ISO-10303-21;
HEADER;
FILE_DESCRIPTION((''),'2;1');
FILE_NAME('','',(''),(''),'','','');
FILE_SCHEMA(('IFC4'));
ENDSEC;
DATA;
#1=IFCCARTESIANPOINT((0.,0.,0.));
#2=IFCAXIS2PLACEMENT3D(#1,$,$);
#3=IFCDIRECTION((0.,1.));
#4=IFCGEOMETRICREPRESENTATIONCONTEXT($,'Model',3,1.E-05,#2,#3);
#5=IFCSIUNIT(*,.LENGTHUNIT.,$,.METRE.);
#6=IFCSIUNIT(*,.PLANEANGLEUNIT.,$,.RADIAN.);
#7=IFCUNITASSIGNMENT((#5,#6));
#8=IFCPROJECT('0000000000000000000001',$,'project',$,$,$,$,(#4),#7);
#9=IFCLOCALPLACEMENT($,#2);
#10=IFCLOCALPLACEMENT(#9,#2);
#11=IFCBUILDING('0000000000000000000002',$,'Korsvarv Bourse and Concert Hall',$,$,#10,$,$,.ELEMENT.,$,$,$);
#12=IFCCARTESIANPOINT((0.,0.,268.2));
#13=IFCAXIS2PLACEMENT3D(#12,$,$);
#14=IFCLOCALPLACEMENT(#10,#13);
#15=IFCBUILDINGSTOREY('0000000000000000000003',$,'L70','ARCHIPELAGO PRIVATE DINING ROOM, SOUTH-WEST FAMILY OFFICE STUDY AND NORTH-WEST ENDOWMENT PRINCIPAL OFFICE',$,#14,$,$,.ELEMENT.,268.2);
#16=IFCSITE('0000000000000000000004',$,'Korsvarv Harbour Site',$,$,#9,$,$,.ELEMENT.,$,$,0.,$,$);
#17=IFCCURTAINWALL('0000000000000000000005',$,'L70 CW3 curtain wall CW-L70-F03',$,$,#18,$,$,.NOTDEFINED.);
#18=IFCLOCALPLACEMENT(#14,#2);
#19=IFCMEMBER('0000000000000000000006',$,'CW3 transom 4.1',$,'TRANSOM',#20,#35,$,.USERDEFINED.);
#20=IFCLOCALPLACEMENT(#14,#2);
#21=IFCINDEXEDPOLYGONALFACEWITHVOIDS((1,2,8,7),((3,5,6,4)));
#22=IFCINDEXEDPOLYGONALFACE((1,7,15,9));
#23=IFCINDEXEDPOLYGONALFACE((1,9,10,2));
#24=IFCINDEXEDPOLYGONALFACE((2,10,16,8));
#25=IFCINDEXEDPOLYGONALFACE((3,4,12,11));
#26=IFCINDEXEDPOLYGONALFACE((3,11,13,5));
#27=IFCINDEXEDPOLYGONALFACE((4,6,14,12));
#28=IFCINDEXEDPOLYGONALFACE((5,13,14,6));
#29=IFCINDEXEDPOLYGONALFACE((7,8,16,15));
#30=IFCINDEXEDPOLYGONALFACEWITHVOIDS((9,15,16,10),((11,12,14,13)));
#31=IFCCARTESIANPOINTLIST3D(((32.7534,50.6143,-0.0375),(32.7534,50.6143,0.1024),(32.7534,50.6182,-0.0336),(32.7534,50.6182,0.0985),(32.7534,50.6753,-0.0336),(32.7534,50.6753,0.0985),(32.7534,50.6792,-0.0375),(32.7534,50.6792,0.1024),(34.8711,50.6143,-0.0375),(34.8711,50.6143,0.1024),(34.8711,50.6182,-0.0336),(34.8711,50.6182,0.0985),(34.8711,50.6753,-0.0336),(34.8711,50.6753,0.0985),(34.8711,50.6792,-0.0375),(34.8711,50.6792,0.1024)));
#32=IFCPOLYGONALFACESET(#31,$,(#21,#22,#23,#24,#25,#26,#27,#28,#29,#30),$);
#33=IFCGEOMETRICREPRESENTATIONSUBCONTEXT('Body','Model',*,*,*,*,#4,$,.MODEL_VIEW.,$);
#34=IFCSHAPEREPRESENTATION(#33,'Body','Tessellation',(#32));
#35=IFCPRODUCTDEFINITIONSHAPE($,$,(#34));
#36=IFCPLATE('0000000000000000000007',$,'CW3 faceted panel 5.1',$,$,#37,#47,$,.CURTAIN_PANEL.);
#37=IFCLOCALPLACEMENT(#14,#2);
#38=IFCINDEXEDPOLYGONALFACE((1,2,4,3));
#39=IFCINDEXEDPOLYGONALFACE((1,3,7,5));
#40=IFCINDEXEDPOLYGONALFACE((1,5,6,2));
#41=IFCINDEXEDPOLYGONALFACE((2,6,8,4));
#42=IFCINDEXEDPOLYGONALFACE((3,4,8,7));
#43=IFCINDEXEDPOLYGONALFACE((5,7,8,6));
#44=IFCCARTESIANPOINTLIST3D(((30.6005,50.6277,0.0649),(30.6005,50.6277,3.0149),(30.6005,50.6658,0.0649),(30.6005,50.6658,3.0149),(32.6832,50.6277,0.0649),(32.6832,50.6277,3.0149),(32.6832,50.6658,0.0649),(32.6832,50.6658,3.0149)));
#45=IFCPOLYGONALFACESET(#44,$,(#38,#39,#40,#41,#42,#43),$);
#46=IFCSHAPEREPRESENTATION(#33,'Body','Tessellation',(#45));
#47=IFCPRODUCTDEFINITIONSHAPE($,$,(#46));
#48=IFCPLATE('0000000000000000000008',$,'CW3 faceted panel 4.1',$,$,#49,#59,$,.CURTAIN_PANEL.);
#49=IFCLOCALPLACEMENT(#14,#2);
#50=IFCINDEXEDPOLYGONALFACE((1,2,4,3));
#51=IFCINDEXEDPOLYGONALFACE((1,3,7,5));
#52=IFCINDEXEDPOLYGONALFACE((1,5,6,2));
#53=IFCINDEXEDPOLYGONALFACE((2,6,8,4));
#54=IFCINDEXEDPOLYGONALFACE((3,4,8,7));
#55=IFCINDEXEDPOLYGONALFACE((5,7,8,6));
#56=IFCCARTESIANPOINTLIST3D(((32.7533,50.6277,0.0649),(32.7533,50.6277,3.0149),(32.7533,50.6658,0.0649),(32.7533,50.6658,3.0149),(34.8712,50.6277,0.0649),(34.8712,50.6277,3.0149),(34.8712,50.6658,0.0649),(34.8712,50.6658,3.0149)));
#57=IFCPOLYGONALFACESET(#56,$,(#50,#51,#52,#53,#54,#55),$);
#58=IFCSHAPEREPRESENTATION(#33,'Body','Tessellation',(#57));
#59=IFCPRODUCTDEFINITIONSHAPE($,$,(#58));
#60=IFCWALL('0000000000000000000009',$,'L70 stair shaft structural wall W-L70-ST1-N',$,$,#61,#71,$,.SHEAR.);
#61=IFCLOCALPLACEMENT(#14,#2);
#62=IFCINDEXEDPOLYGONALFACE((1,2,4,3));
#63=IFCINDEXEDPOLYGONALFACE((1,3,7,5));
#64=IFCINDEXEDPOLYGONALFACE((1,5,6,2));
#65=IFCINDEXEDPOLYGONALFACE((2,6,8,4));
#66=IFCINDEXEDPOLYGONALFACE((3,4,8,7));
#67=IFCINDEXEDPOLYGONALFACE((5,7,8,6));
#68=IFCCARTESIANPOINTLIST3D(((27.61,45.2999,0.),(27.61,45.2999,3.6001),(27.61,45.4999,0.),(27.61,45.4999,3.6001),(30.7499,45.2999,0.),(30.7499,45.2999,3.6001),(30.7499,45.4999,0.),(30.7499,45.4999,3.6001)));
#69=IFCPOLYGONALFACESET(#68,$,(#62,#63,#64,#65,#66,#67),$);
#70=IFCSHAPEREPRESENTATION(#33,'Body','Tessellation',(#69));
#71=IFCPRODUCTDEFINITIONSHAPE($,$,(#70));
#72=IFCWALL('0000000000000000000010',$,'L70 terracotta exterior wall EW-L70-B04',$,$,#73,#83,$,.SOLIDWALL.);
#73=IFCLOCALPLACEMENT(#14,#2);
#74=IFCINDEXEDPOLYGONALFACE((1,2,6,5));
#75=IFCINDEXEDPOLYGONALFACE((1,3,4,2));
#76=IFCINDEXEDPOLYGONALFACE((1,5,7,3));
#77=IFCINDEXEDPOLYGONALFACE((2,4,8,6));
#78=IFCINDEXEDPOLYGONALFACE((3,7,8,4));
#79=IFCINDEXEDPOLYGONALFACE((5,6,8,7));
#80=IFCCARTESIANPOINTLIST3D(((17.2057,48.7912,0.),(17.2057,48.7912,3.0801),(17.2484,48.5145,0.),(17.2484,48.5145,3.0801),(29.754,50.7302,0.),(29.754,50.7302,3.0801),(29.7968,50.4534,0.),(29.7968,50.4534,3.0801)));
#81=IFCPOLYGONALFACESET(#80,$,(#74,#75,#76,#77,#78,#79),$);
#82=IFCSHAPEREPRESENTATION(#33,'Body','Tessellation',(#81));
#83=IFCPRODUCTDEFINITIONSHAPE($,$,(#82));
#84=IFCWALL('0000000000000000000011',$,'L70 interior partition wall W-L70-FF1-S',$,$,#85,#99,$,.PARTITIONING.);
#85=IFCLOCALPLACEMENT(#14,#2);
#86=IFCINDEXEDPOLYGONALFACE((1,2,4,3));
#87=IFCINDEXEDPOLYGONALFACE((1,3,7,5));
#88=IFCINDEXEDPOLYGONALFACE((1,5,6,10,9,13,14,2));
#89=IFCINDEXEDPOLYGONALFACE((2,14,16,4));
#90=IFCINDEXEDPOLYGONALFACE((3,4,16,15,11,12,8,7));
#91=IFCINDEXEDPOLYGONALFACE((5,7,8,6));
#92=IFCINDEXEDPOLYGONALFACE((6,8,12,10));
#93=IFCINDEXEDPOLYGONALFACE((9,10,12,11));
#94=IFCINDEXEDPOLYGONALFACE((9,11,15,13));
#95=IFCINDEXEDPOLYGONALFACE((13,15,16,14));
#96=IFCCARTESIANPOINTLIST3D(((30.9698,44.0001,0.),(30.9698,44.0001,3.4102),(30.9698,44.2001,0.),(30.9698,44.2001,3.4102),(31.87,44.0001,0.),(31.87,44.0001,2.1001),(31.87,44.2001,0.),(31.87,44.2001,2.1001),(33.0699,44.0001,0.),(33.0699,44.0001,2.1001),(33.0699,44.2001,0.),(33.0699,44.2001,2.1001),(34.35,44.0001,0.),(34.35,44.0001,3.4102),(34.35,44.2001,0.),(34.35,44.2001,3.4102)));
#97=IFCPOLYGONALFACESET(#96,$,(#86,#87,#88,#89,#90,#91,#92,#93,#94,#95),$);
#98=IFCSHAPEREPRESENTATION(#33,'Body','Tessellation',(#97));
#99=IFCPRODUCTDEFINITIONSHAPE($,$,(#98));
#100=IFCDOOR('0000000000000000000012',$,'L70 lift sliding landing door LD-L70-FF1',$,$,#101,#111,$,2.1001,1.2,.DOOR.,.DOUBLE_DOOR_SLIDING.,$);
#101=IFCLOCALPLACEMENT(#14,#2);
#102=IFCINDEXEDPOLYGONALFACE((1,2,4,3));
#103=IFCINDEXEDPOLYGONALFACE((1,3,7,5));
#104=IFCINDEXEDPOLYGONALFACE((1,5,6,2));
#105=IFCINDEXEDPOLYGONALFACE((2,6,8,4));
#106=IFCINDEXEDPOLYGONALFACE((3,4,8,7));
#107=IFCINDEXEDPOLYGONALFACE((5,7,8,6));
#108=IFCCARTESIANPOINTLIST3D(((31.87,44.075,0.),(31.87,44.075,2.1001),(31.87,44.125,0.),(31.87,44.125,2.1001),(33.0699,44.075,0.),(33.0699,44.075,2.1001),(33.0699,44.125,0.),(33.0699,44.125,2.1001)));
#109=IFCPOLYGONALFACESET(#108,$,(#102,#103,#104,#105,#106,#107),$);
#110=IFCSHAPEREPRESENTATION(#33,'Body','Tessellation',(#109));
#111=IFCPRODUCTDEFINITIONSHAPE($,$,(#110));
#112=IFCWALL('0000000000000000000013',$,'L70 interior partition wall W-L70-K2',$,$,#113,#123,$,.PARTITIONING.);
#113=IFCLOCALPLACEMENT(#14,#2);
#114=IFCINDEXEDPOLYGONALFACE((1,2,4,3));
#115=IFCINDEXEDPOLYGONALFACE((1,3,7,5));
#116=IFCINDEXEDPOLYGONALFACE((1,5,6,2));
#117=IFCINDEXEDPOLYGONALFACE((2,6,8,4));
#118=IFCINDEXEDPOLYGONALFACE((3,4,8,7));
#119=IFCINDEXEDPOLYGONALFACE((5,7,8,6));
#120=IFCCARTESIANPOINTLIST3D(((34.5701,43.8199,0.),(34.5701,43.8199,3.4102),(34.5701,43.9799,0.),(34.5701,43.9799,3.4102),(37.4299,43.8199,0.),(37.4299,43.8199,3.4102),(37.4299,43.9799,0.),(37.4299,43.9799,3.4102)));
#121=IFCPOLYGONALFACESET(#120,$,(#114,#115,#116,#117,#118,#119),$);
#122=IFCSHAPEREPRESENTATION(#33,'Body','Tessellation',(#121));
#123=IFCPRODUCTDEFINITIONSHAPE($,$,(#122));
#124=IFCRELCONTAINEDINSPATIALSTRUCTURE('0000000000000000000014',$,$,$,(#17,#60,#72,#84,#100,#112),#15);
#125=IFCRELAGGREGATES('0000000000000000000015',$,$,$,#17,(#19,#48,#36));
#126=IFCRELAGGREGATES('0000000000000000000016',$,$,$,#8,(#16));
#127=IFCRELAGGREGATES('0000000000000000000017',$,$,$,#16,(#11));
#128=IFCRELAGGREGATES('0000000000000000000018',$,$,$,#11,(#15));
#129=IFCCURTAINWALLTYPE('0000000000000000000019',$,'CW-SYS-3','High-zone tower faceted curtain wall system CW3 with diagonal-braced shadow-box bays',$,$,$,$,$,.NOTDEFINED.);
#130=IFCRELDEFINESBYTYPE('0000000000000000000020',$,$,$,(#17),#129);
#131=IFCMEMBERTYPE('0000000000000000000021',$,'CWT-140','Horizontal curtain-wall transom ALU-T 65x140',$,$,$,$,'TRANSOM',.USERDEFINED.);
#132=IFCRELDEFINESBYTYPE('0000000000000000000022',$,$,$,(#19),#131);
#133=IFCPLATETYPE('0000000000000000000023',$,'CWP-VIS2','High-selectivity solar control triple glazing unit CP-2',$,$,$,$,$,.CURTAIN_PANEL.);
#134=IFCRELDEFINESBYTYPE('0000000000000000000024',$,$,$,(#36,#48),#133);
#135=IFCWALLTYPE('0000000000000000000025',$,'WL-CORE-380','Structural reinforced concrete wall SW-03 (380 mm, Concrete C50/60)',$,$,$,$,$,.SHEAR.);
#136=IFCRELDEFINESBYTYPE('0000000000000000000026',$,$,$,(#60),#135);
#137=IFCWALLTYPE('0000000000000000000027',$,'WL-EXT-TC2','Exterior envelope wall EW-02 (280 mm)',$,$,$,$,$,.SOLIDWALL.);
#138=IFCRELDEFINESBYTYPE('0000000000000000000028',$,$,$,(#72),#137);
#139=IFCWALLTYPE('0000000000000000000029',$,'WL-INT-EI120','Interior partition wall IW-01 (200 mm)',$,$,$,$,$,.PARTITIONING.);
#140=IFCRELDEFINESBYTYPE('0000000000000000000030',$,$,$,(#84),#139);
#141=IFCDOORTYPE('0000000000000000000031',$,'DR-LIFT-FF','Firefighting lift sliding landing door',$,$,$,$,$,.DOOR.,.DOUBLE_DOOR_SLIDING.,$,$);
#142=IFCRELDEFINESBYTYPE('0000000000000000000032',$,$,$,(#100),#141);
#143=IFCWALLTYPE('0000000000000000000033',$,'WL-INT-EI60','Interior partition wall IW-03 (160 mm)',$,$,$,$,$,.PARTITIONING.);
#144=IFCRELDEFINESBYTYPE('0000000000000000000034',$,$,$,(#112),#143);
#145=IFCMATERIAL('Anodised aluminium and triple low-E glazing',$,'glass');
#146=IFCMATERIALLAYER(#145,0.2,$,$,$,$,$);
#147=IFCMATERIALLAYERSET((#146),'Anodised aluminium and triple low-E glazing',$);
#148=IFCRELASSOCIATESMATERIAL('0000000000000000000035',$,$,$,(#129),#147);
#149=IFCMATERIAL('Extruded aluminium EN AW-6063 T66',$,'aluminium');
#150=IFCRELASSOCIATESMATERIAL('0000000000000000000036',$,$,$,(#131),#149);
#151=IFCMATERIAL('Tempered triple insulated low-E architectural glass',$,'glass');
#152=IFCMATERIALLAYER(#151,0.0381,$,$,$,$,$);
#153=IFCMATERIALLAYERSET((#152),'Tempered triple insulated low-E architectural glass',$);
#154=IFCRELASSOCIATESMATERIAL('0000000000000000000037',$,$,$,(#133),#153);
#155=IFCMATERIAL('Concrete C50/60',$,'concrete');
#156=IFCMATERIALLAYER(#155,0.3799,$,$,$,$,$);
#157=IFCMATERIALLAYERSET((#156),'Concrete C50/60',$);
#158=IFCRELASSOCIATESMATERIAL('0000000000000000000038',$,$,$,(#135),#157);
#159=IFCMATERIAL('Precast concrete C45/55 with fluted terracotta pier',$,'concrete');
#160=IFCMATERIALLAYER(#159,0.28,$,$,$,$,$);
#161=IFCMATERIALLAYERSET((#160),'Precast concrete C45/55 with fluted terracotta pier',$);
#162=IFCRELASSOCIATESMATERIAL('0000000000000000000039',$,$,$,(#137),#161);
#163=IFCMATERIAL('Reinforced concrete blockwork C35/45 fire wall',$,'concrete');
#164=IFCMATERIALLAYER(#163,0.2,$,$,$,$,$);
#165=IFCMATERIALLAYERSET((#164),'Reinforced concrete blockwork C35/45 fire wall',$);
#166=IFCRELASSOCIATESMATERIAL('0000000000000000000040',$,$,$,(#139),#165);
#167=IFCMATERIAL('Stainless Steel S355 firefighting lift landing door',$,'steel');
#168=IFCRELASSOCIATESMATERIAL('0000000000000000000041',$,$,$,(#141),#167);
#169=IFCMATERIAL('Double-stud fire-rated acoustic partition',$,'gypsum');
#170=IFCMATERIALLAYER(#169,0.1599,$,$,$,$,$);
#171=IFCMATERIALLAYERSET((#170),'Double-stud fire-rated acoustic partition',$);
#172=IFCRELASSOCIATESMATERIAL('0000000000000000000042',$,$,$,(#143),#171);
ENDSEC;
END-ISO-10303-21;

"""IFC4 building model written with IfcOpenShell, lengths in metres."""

from ifc_helpers import new_model, si_unit, direction, frame, frame_2d, origin, origin_2d, place, context, subcontext, project, spatial, rectangle, hollow_rectangle, extrude, source, transform, mapped, material, layer, layer_set, material_profile, profile_set, type_object, element, fill, aggregate, save


model = new_model("IFC4")

# Units and contexts
model_context = context("Model", 3, precision=1e-05, world=origin(), true_north=direction((0.0, 1.0)))
body_context = subcontext(model_context, "Body", "Model", "MODEL_VIEW")
ifc_project = project(units=[si_unit("LENGTHUNIT", "METRE"), si_unit("PLANEANGLEUNIT", "RADIAN")], contexts=[model_context])

# Site, building, storey
site_placement = place(None, origin())
site = spatial("IfcSite", under=ifc_project, at=site_placement, Name="Korsvarv Harbour Site", CompositionType="ELEMENT", RefElevation=0.0)
building_placement = place(site_placement, origin())
building = spatial("IfcBuilding", under=site, at=building_placement, Name="Korsvarv Bourse and Concert Hall", CompositionType="ELEMENT")
storey_placement = place(building_placement, frame((0.0, 0.0, 268.2)))
storey = spatial("IfcBuildingStorey", under=building, at=storey_placement, Name="L70", Description="ARCHIPELAGO PRIVATE DINING ROOM, SOUTH-WEST FAMILY OFFICE STUDY AND NORTH-WEST ENDOWMENT PRINCIPAL OFFICE", CompositionType="ELEMENT", Elevation=268.2)

# Shared definitions
ifc_material_1 = material(Name="Concrete C50/60", Category="concrete")

# Curtain wall, member, plates
ifc_material_2 = material(Name="Anodised aluminium and triple low-E glazing", Category="glass")
ifc_layer_1 = layer(ifc_material_2, 0.2)
ifc_layer_set_1 = layer_set([ifc_layer_1], Name="Anodised aluminium and triple low-E glazing")
curtain_wall_type = type_object("IfcCurtainWallType", Name="CW-SYS-3", Description="High-zone tower faceted curtain wall system CW3 with diagonal-braced shadow-box bays", PredefinedType="NOTDEFINED", material=ifc_layer_set_1)
curtain_wall_placement = place(storey_placement, origin())
curtain_wall = element("IfcCurtainWall", 1, at=curtain_wall_placement, inside=storey, type_object=curtain_wall_type, Name="L70 CW3 curtain wall CW-L70-F03", PredefinedType="NOTDEFINED")
ifc_material_3 = material(Name="Extruded aluminium EN AW-6063 T66", Category="aluminium")
ifc_material_profile_1 = material_profile(ifc_material_3, hollow_rectangle(XDim=0.0649, YDim=0.1399, WallThickness=0.0039, at=origin_2d()), Name="ALU-T 65x140")
ifc_profile_set_1 = profile_set([ifc_material_profile_1], Name="Extruded aluminium EN AW-6063 T66")
member_type_1 = type_object("IfcMemberType", Name="CWT-140", Description="Horizontal curtain-wall transom ALU-T 65x140", ElementType="TRANSOM", PredefinedType="USERDEFINED", material=ifc_profile_set_1)
shared_shape_1 = source(origin(), body_context, "Body", "SweptSolid", [
    extrude(hollow_rectangle(XDim=0.0649, YDim=0.1399, WallThickness=0.0039, at=origin_2d()), origin(), (0.0, 0.0, 1.0), 2.1177),
])
member_1_placement = place(storey_placement, frame((34.8711, 50.6467, 0.0325), z_axis=(-1.0, 0.0, 0.0), x_axis=(0.0, -1.0, 0.0)))
member_1 = element("IfcMember", 2, at=member_1_placement, type_object=member_type_1, Name="CW3 transom 4.1", ObjectType="TRANSOM", PredefinedType="USERDEFINED", context=body_context, shape_type="MappedRepresentation", body=[
    mapped(shared_shape_1, transform((0.0, 0.0, 0.0), scale=1.0)),
])
ifc_material_4 = material(Name="Tempered triple insulated low-E architectural glass", Category="glass")
ifc_layer_2 = layer(ifc_material_4, 0.0381)
ifc_layer_set_2 = layer_set([ifc_layer_2], Name="Tempered triple insulated low-E architectural glass")
plate_type = type_object("IfcPlateType", Name="CWP-VIS2", Description="High-selectivity solar control triple glazing unit CP-2", PredefinedType="CURTAIN_PANEL", material=ifc_layer_set_2)
shared_shape_2 = source(origin(), body_context, "Body", "SweptSolid", [
    extrude(rectangle(XDim=2.0828, YDim=0.0381, at=origin_2d()), origin(), (0.0, 0.0, 1.0), 2.95),
])
plate_1_placement = place(storey_placement, frame((31.6418, 50.6467, 0.0649), z_axis=(0.0, 0.0, 1.0), x_axis=(-1.0, 0.0, 0.0)))
plate_1 = element("IfcPlate", 3, at=plate_1_placement, type_object=plate_type, Name="CW3 faceted panel 5.1", PredefinedType="CURTAIN_PANEL", context=body_context, shape_type="MappedRepresentation", body=[
    mapped(shared_shape_2, transform((0.0, 0.0, 0.0), scale=1.0)),
])
shared_shape_3 = source(origin(), body_context, "Body", "SweptSolid", [
    extrude(rectangle(XDim=2.1179, YDim=0.0381, at=origin_2d()), origin(), (0.0, 0.0, 1.0), 2.95),
])
plate_2_placement = place(storey_placement, frame((33.8123, 50.6467, 0.0649), z_axis=(0.0, 0.0, 1.0), x_axis=(-1.0, 0.0, 0.0)))
plate_2 = element("IfcPlate", 4, at=plate_2_placement, type_object=plate_type, Name="CW3 faceted panel 4.1", PredefinedType="CURTAIN_PANEL", context=body_context, shape_type="MappedRepresentation", body=[
    mapped(shared_shape_3, transform((0.0, 0.0, 0.0), scale=1.0)),
])
aggregate(curtain_wall, [member_1, plate_2, plate_1])

# Walls
ifc_layer_3 = layer(ifc_material_1, 0.3799)
ifc_layer_set_3 = layer_set([ifc_layer_3], Name="Concrete C50/60")
wall_type_1 = type_object("IfcWallType", Name="WL-CORE-380", Description="Structural reinforced concrete wall SW-03 (380 mm, Concrete C50/60)", PredefinedType="SHEAR", material=ifc_layer_set_3)
wall_1_placement = place(storey_placement, frame((27.6101, 45.3999, 0.0), z_axis=(0.0, 0.0, 1.0), x_axis=(1.0, 0.0, 0.0)))
element("IfcWall", 5, at=wall_1_placement, inside=storey, type_object=wall_type_1, Name="L70 stair shaft structural wall W-L70-ST1-N", PredefinedType="SHEAR", context=body_context, shape_type="SweptSolid", body=[
    extrude(rectangle(XDim=3.1399, YDim=0.2, at=frame_2d((1.5698, 0.0))), origin(), (0.0, 0.0, 1.0), 3.6001),
])
ifc_material_5 = material(Name="Precast concrete C45/55 with fluted terracotta pier", Category="concrete")
ifc_layer_4 = layer(ifc_material_5, 0.28)
ifc_layer_set_4 = layer_set([ifc_layer_4], Name="Precast concrete C45/55 with fluted terracotta pier")
wall_type_2 = type_object("IfcWallType", Name="WL-EXT-TC2", Description="Exterior envelope wall EW-02 (280 mm)", PredefinedType="SOLIDWALL", material=ifc_layer_set_4)
wall_2_placement = place(storey_placement, frame((29.7754, 50.5918, 0.0), z_axis=(0.0, 0.0, 1.0), x_axis=(-0.988271, -0.152707, 0.0)))
element("IfcWall", 6, at=wall_2_placement, inside=storey, type_object=wall_type_2, Name="L70 terracotta exterior wall EW-L70-B04", PredefinedType="SOLIDWALL", context=body_context, shape_type="SweptSolid", body=[
    extrude(rectangle(XDim=12.6973, YDim=0.28, at=frame_2d((6.3486, 0.0))), origin(), (0.0, 0.0, 1.0), 3.0801),
])

# Wall, opening, door
ifc_material_6 = material(Name="Reinforced concrete blockwork C35/45 fire wall", Category="concrete")
ifc_layer_5 = layer(ifc_material_6, 0.2)
ifc_layer_set_5 = layer_set([ifc_layer_5], Name="Reinforced concrete blockwork C35/45 fire wall")
wall_type_3 = type_object("IfcWallType", Name="WL-INT-EI120", Description="Interior partition wall IW-01 (200 mm)", PredefinedType="PARTITIONING", material=ifc_layer_set_5)
wall_3_placement = place(storey_placement, frame((30.97, 44.1001, 0.0), z_axis=(0.0, 0.0, 1.0), x_axis=(1.0, 0.0, 0.0)))
wall_3 = element("IfcWall", 7, at=wall_3_placement, inside=storey, type_object=wall_type_3, Name="L70 interior partition wall W-L70-FF1-S", PredefinedType="PARTITIONING", context=body_context, shape_type="SweptSolid", body=[
    extrude(rectangle(XDim=3.3801, YDim=0.2, at=frame_2d((1.6899, 0.0))), origin(), (0.0, 0.0, 1.0), 3.4102),
])
opening_placement = place(wall_3_placement, frame((0.8999, 0.0, 0.0)))
opening = element("IfcOpeningElement", 8, at=opening_placement, cuts=wall_3, PredefinedType="OPENING", context=body_context, shape_type="SweptSolid", body=[
    extrude(rectangle(XDim=1.2, YDim=2.1001, at=frame_2d((0.6001, 1.05))), frame((0.0, 0.1099, 0.0), z_axis=(0.0, -1.0, 0.0), x_axis=(1.0, 0.0, 0.0)), (0.0, 0.0, 1.0), 0.22),
])
ifc_material_7 = material(Name="Stainless Steel S355 firefighting lift landing door", Category="steel")
door_type = type_object("IfcDoorType", Name="DR-LIFT-FF", Description="Firefighting lift sliding landing door", OperationType="DOUBLE_DOOR_SLIDING", PredefinedType="DOOR", material=ifc_material_7)
door_placement = place(opening_placement, origin())
door = element("IfcDoor", 9, at=door_placement, inside=storey, type_object=door_type, Name="L70 lift sliding landing door LD-L70-FF1", OperationType="DOUBLE_DOOR_SLIDING", OverallHeight=2.1001, OverallWidth=1.2, PredefinedType="DOOR", context=body_context, shape_type="SweptSolid", body=[
    extrude(rectangle(XDim=1.2, YDim=2.1001, at=frame_2d((0.6001, 1.05))), frame((0.0, 0.0249, 0.0), z_axis=(0.0, -1.0, 0.0), x_axis=(1.0, 0.0, 0.0)), (0.0, 0.0, 1.0), 0.05),
])
fill(opening, door)

# Wall
ifc_material_8 = material(Name="Double-stud fire-rated acoustic partition", Category="gypsum")
ifc_layer_6 = layer(ifc_material_8, 0.1599)
ifc_layer_set_6 = layer_set([ifc_layer_6], Name="Double-stud fire-rated acoustic partition")
wall_type_4 = type_object("IfcWallType", Name="WL-INT-EI60", Description="Interior partition wall IW-03 (160 mm)", PredefinedType="PARTITIONING", material=ifc_layer_set_6)
wall_4_placement = place(storey_placement, frame((34.5701, 43.8999, 0.0), z_axis=(0.0, 0.0, 1.0), x_axis=(1.0, 0.0, 0.0)))
element("IfcWall", 10, at=wall_4_placement, inside=storey, type_object=wall_type_4, Name="L70 interior partition wall W-L70-K2", PredefinedType="PARTITIONING", context=body_context, shape_type="SweptSolid", body=[
    extrude(rectangle(XDim=2.8599, YDim=0.1599, at=frame_2d((1.4299, 0.0))), origin(), (0.0, 0.0, 1.0), 3.4102),
])

save(model, "model.ifc")
